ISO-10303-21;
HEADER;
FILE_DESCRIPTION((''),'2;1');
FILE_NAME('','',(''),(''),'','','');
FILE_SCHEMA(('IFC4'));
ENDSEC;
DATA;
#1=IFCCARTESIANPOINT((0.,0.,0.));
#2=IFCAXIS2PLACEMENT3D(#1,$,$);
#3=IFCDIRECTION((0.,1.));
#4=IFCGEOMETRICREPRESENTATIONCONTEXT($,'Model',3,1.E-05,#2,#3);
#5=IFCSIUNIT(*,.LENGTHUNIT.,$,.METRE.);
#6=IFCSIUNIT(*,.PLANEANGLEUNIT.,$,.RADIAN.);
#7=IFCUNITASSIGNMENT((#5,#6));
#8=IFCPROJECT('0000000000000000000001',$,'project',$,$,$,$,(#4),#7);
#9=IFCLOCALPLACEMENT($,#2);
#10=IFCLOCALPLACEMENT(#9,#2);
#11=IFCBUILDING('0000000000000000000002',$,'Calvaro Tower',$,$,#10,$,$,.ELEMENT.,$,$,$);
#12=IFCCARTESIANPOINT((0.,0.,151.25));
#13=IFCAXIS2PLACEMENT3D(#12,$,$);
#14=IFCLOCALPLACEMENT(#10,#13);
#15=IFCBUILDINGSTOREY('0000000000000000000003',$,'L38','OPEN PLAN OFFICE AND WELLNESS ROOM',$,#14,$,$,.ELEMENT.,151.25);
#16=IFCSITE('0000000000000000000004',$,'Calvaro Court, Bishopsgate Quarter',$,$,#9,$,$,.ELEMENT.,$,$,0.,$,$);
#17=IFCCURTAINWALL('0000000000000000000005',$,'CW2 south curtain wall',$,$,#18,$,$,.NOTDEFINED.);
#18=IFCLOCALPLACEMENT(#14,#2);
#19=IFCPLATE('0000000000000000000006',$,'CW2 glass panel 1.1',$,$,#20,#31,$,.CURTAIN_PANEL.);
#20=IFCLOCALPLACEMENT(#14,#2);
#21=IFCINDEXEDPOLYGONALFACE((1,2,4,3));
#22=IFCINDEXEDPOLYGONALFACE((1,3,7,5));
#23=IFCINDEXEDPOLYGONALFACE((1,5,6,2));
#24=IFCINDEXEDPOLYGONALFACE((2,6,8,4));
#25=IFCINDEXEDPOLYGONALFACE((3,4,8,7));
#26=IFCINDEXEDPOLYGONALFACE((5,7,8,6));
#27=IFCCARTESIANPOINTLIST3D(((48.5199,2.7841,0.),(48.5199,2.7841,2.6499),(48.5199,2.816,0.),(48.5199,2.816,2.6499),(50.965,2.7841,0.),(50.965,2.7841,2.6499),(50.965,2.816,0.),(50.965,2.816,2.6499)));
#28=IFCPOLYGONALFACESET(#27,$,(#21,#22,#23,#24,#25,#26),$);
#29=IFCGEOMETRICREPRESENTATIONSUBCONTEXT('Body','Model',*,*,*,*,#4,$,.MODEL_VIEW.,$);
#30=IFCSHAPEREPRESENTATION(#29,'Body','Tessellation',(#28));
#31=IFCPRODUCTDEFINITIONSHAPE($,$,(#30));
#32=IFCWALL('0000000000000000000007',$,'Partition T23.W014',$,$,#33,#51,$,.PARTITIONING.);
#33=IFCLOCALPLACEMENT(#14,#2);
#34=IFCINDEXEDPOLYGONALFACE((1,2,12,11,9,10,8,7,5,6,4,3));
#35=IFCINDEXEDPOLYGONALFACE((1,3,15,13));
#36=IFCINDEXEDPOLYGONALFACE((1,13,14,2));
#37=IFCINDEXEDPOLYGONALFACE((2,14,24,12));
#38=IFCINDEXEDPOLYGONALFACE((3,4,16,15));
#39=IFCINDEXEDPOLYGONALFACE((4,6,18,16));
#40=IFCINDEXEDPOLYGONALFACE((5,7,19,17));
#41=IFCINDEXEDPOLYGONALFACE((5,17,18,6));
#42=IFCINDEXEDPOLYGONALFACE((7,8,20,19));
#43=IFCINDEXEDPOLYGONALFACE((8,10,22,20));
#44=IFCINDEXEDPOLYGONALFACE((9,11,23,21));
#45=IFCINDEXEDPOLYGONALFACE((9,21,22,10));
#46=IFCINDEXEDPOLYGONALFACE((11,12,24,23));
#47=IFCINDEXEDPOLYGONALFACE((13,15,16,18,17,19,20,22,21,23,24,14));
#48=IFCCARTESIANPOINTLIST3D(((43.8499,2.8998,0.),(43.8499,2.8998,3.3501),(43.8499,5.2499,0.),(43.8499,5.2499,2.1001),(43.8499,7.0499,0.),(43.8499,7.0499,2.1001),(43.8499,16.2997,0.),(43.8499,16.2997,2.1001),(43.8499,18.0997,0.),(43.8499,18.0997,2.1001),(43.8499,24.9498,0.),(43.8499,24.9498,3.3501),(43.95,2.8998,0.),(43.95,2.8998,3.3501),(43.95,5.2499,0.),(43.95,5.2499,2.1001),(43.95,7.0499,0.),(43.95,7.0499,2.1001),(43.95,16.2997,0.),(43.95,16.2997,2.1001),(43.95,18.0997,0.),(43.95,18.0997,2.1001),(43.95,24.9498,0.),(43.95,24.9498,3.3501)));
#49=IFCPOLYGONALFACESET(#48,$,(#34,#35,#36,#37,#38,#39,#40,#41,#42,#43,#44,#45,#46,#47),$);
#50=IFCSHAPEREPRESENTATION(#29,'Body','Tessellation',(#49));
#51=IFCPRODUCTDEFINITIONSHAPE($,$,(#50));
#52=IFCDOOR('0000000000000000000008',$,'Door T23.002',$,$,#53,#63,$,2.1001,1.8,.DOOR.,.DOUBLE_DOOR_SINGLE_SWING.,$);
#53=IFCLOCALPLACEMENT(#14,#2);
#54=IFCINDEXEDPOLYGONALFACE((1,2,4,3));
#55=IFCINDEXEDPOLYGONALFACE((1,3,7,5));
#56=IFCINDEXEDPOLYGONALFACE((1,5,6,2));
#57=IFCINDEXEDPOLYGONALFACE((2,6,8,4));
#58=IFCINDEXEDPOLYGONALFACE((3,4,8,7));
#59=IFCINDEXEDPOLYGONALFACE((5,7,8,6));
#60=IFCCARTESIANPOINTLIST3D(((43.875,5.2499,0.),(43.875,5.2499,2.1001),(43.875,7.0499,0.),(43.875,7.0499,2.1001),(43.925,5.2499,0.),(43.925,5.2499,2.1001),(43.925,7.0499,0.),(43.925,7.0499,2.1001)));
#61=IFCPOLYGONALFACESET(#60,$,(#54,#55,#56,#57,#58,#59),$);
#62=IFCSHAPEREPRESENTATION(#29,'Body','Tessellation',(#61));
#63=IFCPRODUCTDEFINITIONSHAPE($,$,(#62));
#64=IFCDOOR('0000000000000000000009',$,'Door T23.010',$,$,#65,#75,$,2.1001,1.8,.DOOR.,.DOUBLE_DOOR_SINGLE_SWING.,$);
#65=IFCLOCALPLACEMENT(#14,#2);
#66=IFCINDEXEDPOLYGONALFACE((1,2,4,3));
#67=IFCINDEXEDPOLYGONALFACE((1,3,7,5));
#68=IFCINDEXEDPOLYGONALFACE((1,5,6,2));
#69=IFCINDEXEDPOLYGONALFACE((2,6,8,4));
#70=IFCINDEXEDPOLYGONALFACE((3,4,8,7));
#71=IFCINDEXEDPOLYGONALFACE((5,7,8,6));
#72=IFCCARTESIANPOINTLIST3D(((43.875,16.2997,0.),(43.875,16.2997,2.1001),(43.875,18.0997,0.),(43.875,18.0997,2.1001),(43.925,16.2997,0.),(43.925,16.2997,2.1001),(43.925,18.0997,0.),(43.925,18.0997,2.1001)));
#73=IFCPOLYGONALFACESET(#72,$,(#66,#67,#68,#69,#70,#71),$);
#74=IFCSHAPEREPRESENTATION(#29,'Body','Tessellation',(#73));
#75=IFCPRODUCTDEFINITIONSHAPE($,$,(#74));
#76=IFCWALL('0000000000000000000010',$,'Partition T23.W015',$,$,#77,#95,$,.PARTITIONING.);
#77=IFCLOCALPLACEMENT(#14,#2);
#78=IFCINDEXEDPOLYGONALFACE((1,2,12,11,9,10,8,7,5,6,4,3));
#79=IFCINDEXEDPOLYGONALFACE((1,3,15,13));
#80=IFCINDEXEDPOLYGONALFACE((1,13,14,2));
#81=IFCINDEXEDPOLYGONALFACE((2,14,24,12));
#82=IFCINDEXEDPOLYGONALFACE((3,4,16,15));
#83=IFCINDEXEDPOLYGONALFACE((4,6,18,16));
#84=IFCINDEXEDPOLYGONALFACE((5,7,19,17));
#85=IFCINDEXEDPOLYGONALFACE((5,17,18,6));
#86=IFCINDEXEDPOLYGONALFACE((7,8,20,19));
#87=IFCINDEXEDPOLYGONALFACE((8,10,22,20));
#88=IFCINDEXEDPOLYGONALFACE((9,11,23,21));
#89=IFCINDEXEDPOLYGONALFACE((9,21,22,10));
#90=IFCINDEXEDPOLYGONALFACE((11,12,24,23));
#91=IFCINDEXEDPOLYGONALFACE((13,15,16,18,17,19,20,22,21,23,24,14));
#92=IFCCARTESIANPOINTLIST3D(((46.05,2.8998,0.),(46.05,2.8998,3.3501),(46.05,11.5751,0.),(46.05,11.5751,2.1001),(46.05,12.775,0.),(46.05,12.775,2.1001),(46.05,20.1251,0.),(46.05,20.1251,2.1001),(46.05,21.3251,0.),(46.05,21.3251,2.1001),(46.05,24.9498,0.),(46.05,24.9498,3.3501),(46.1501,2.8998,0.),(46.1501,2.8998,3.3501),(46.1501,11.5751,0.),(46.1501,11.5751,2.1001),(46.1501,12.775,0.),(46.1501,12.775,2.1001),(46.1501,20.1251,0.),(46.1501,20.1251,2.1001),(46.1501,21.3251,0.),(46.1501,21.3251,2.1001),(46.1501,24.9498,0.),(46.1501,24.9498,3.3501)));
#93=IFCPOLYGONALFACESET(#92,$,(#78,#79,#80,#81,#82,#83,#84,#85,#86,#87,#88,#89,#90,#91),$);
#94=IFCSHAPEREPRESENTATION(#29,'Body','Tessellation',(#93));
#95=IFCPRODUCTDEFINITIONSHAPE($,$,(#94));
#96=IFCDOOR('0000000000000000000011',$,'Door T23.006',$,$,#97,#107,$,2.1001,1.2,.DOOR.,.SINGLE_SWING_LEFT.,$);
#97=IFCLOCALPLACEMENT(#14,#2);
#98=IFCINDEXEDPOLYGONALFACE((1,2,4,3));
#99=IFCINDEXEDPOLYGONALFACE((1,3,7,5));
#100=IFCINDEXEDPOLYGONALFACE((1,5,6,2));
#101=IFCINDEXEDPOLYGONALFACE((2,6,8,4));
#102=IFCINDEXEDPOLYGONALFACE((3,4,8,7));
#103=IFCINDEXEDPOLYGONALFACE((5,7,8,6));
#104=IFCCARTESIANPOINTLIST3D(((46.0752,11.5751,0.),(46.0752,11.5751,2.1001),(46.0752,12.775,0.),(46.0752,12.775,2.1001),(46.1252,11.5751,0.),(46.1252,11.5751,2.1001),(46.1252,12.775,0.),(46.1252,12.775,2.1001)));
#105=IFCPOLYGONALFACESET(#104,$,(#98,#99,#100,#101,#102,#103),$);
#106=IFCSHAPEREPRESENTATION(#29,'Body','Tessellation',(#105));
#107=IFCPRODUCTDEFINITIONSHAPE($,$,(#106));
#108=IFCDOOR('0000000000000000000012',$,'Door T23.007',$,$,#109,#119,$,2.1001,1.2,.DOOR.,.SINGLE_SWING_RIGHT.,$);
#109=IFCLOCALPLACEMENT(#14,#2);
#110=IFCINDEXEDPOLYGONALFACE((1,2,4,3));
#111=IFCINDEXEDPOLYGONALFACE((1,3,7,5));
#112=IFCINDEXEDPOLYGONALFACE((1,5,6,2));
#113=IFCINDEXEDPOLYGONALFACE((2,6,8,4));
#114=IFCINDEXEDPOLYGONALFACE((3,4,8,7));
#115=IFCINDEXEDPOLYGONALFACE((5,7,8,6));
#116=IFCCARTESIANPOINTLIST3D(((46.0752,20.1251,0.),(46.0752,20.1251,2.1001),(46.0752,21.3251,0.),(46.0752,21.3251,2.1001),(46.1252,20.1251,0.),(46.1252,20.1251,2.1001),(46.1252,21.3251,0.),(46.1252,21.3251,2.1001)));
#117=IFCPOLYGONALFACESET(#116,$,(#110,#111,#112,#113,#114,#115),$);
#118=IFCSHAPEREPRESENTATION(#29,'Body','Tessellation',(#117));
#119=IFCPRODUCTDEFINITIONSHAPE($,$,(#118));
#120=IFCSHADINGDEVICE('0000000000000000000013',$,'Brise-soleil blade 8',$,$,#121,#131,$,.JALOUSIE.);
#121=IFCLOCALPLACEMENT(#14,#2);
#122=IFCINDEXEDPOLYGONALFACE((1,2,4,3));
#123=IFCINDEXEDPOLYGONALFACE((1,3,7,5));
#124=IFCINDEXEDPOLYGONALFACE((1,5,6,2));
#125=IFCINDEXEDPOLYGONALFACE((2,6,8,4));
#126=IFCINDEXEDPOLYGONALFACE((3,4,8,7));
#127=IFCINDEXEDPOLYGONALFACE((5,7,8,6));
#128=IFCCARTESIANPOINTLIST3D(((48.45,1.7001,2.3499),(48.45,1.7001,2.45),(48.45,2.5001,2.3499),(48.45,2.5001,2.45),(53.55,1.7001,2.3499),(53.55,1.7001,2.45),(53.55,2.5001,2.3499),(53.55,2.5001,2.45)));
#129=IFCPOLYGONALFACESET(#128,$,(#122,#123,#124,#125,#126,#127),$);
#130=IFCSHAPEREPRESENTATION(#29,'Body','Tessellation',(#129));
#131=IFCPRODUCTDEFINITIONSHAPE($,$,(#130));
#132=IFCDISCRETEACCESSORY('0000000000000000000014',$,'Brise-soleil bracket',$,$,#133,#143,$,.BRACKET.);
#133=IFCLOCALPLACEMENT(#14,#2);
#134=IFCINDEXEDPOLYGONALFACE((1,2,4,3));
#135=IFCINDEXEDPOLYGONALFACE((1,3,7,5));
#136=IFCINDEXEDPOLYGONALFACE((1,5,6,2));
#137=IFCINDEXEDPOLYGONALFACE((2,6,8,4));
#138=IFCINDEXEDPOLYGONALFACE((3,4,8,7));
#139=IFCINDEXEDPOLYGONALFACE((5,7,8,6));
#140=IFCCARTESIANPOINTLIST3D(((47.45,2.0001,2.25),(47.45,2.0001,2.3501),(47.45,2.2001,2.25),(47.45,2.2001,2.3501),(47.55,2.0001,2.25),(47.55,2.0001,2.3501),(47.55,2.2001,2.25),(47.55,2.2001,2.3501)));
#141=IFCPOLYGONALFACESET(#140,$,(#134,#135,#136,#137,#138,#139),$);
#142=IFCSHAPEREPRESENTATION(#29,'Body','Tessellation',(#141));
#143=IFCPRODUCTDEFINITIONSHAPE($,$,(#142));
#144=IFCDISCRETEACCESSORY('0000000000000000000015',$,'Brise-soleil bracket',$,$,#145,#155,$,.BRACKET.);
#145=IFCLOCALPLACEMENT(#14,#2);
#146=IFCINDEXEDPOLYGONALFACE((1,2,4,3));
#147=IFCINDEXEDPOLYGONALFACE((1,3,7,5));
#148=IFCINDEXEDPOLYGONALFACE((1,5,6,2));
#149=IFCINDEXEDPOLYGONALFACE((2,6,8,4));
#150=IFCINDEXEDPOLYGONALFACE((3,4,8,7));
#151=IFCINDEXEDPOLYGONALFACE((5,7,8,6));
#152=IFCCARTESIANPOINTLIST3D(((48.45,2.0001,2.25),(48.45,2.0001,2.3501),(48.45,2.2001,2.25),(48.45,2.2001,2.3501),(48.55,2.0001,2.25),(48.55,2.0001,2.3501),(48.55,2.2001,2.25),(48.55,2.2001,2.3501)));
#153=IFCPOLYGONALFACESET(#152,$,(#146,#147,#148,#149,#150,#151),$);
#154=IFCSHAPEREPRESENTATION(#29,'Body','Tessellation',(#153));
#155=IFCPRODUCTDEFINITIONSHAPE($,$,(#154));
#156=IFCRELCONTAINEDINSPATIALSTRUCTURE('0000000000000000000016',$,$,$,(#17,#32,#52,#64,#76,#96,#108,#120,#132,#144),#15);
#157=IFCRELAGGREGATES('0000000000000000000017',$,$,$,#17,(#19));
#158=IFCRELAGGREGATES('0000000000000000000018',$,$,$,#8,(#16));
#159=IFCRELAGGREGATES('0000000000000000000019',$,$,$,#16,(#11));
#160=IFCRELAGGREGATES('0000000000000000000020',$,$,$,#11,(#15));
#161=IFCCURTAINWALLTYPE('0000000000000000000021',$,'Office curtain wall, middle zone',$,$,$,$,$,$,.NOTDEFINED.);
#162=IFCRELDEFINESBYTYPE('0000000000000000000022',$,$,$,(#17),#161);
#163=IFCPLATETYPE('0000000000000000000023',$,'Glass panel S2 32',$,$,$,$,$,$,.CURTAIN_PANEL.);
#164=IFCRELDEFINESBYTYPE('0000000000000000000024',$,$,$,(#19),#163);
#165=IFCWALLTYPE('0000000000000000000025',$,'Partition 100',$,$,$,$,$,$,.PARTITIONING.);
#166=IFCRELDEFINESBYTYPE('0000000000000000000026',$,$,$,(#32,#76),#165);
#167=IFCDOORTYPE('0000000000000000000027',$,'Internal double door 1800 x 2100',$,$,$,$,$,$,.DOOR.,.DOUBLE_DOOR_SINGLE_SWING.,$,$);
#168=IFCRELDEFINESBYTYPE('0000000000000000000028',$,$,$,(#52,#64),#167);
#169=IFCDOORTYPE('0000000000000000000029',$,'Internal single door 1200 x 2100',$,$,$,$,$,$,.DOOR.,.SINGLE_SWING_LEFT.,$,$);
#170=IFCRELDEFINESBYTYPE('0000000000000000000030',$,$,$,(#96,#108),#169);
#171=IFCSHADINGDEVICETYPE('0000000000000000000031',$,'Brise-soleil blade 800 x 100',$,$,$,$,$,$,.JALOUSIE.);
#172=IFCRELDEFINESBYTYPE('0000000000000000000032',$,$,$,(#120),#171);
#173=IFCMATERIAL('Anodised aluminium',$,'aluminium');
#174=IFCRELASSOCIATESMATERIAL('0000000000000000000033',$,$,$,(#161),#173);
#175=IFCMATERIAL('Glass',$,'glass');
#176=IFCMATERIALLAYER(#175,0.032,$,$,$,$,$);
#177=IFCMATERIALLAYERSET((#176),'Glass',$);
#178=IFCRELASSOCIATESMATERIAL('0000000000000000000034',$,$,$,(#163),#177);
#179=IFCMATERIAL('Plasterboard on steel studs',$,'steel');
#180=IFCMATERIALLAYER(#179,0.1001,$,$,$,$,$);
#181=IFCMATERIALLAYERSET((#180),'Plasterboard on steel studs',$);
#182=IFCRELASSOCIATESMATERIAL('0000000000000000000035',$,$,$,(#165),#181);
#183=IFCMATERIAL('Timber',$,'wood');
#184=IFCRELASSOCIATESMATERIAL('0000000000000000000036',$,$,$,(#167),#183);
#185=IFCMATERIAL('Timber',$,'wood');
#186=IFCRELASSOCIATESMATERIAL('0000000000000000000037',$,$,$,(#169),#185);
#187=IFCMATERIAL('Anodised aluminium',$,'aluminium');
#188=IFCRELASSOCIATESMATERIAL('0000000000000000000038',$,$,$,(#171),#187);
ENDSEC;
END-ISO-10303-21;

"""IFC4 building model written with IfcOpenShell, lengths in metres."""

from ifc_helpers import new_model, si_unit, direction, frame, frame_2d, origin, origin_2d, place, context, subcontext, project, spatial, rectangle, extrude, material, layer, layer_set, material_profile, profile_set, type_object, element, fill, aggregate, save


model = new_model("IFC4")

# Units and contexts
model_context = context("Model", 3, precision=1e-05, world=origin(), true_north=direction((0.0, 1.0)))
body_context = subcontext(model_context, "Body", "Model", "MODEL_VIEW")
ifc_project = project(units=[si_unit("LENGTHUNIT", "METRE"), si_unit("PLANEANGLEUNIT", "RADIAN")], contexts=[model_context])

# Site, building, storey
site_placement = place(None, origin())
site = spatial("IfcSite", under=ifc_project, at=site_placement, Name="Calvaro Court, Bishopsgate Quarter", CompositionType="ELEMENT", RefElevation=0.0)
building_placement = place(site_placement, origin())
building = spatial("IfcBuilding", under=site, at=building_placement, Name="Calvaro Tower", CompositionType="ELEMENT")
storey_placement = place(building_placement, frame((0.0, 0.0, 151.25)))
storey = spatial("IfcBuildingStorey", under=building, at=storey_placement, Name="L38", Description="OPEN PLAN OFFICE AND WELLNESS ROOM", CompositionType="ELEMENT", Elevation=151.25)

# Curtain wall
ifc_material_1 = material(Name="Anodised aluminium", Category="aluminium")
curtain_wall_type = type_object("IfcCurtainWallType", Name="Office curtain wall, middle zone", PredefinedType="NOTDEFINED", material=ifc_material_1)
curtain_wall_1_placement = place(storey_placement, origin())
curtain_wall_1 = element("IfcCurtainWall", 1, at=curtain_wall_1_placement, inside=storey, type_object=curtain_wall_type, Name="CW2 south curtain wall", PredefinedType="NOTDEFINED")

# Plate
ifc_material_2 = material(Name="Glass", Category="glass")
ifc_layer_1 = layer(ifc_material_2, 0.032)
ifc_layer_set_1 = layer_set([ifc_layer_1], Name="Glass")
plate_type = type_object("IfcPlateType", Name="Glass panel S2 32", PredefinedType="CURTAIN_PANEL", material=ifc_layer_set_1)
plate_1_placement = place(storey_placement, frame((49.7424, 2.8, 0.0), z_axis=(0.0, 0.0, 1.0), x_axis=(1.0, 0.0, 0.0)))
plate_1 = element("IfcPlate", 2, at=plate_1_placement, type_object=plate_type, Name="CW2 glass panel 1.1", PredefinedType="CURTAIN_PANEL", context=body_context, shape_type="SweptSolid", body=[
    extrude(rectangle(XDim=2.4451, YDim=0.032, at=origin_2d()), origin(), (0.0, 0.0, 1.0), 2.6499),
])
aggregate(curtain_wall_1, [plate_1])

# Walls, openings, doors
ifc_material_3 = material(Name="Plasterboard on steel studs", Category="steel")
ifc_layer_2 = layer(ifc_material_3, 0.1001)
ifc_layer_set_2 = layer_set([ifc_layer_2], Name="Plasterboard on steel studs")
wall_type = type_object("IfcWallType", Name="Partition 100", PredefinedType="PARTITIONING", material=ifc_layer_set_2)
wall_1_placement = place(storey_placement, frame((43.8999, 2.8999, 0.0), z_axis=(0.0, 0.0, 1.0), x_axis=(0.0, 1.0, 0.0)))
wall_1 = element("IfcWall", 3, at=wall_1_placement, inside=storey, type_object=wall_type, Name="Partition T23.W014", PredefinedType="PARTITIONING", context=body_context, shape_type="SweptSolid", body=[
    extrude(rectangle(XDim=22.05, YDim=0.1001, at=frame_2d((11.0249, 0.0))), origin(), (0.0, 0.0, 1.0), 3.3501),
])
opening_1_placement = place(wall_1_placement, frame((2.3501, 0.0, 0.0)))
opening_1 = element("IfcOpeningElement", 4, at=opening_1_placement, cuts=wall_1, PredefinedType="OPENING", context=body_context, shape_type="SweptSolid", body=[
    extrude(rectangle(XDim=1.8, YDim=2.1001, at=frame_2d((0.8999, 1.05))), frame((0.0, 0.0601, 0.0), z_axis=(0.0, -1.0, 0.0), x_axis=(1.0, 0.0, 0.0)), (0.0, 0.0, 1.0), 0.1201),
])
opening_2_placement = place(wall_1_placement, frame((13.3999, 0.0, 0.0)))
opening_2 = element("IfcOpeningElement", 5, at=opening_2_placement, cuts=wall_1, PredefinedType="OPENING", context=body_context, shape_type="SweptSolid", body=[
    extrude(rectangle(XDim=1.8, YDim=2.1001, at=frame_2d((0.8999, 1.05))), frame((0.0, 0.0601, 0.0), z_axis=(0.0, -1.0, 0.0), x_axis=(1.0, 0.0, 0.0)), (0.0, 0.0, 1.0), 0.1201),
])
ifc_material_4 = material(Name="Timber", Category="wood")
door_type_1 = type_object("IfcDoorType", Name="Internal double door 1800 x 2100", OperationType="DOUBLE_DOOR_SINGLE_SWING", PredefinedType="DOOR", material=ifc_material_4)
door_1_placement = place(opening_1_placement, origin())
door_1 = element("IfcDoor", 6, at=door_1_placement, inside=storey, type_object=door_type_1, Name="Door T23.002", OperationType="DOUBLE_DOOR_SINGLE_SWING", OverallHeight=2.1001, OverallWidth=1.8, PredefinedType="DOOR", context=body_context, shape_type="SweptSolid", body=[
    extrude(rectangle(XDim=1.8, YDim=2.1001, at=frame_2d((0.8999, 1.05))), frame((0.0, 0.0249, 0.0), z_axis=(0.0, -1.0, 0.0), x_axis=(1.0, 0.0, 0.0)), (0.0, 0.0, 1.0), 0.05),
])
fill(opening_1, door_1)
door_2_placement = place(opening_2_placement, origin())
door_2 = element("IfcDoor", 7, at=door_2_placement, inside=storey, type_object=door_type_1, Name="Door T23.010", OperationType="DOUBLE_DOOR_SINGLE_SWING", OverallHeight=2.1001, OverallWidth=1.8, PredefinedType="DOOR", context=body_context, shape_type="SweptSolid", body=[
    extrude(rectangle(XDim=1.8, YDim=2.1001, at=frame_2d((0.8999, 1.05))), frame((0.0, 0.0249, 0.0), z_axis=(0.0, -1.0, 0.0), x_axis=(1.0, 0.0, 0.0)), (0.0, 0.0, 1.0), 0.05),
])
fill(opening_2, door_2)
wall_2_placement = place(storey_placement, frame((46.1001, 2.8999, 0.0), z_axis=(0.0, 0.0, 1.0), x_axis=(0.0, 1.0, 0.0)))
wall_2 = element("IfcWall", 8, at=wall_2_placement, inside=storey, type_object=wall_type, Name="Partition T23.W015", PredefinedType="PARTITIONING", context=body_context, shape_type="SweptSolid", body=[
    extrude(rectangle(XDim=22.05, YDim=0.1001, at=frame_2d((11.0249, 0.0))), origin(), (0.0, 0.0, 1.0), 3.3501),
])
opening_3_placement = place(wall_2_placement, frame((8.675, 0.0, 0.0)))
opening_3 = element("IfcOpeningElement", 9, at=opening_3_placement, cuts=wall_2, PredefinedType="OPENING", context=body_context, shape_type="SweptSolid", body=[
    extrude(rectangle(XDim=1.2, YDim=2.1001, at=frame_2d((0.6001, 1.05))), frame((0.0, 0.0601, 0.0), z_axis=(0.0, -1.0, 0.0), x_axis=(1.0, 0.0, 0.0)), (0.0, 0.0, 1.0), 0.1201),
])
opening_4_placement = place(wall_2_placement, frame((17.2251, 0.0, 0.0)))
opening_4 = element("IfcOpeningElement", 10, at=opening_4_placement, cuts=wall_2, PredefinedType="OPENING", context=body_context, shape_type="SweptSolid", body=[
    extrude(rectangle(XDim=1.2, YDim=2.1001, at=frame_2d((0.6001, 1.05))), frame((0.0, 0.0601, 0.0), z_axis=(0.0, -1.0, 0.0), x_axis=(1.0, 0.0, 0.0)), (0.0, 0.0, 1.0), 0.1201),
])
ifc_material_5 = material(Name="Timber", Category="wood")
door_type_2 = type_object("IfcDoorType", Name="Internal single door 1200 x 2100", OperationType="SINGLE_SWING_LEFT", PredefinedType="DOOR", material=ifc_material_5)
door_3_placement = place(opening_3_placement, origin())
door_3 = element("IfcDoor", 11, at=door_3_placement, inside=storey, type_object=door_type_2, Name="Door T23.006", OperationType="SINGLE_SWING_LEFT", OverallHeight=2.1001, OverallWidth=1.2, PredefinedType="DOOR", context=body_context, shape_type="SweptSolid", body=[
    extrude(rectangle(XDim=1.2, YDim=2.1001, at=frame_2d((0.6001, 1.05))), frame((0.0, 0.0249, 0.0), z_axis=(0.0, -1.0, 0.0), x_axis=(1.0, 0.0, 0.0)), (0.0, 0.0, 1.0), 0.05),
])
fill(opening_3, door_3)
door_4_placement = place(opening_4_placement, origin())
door_4 = element("IfcDoor", 12, at=door_4_placement, inside=storey, type_object=door_type_2, Name="Door T23.007", OperationType="SINGLE_SWING_RIGHT", OverallHeight=2.1001, OverallWidth=1.2, PredefinedType="DOOR", context=body_context, shape_type="SweptSolid", body=[
    extrude(rectangle(XDim=1.2, YDim=2.1001, at=frame_2d((0.6001, 1.05))), frame((0.0, 0.0249, 0.0), z_axis=(0.0, -1.0, 0.0), x_axis=(1.0, 0.0, 0.0)), (0.0, 0.0, 1.0), 0.05),
])
fill(opening_4, door_4)

# Shading device
ifc_material_6 = material(Name="Anodised aluminium", Category="aluminium")
ifc_material_profile_1 = material_profile(ifc_material_6, rectangle(XDim=0.8, YDim=0.1001, at=origin_2d()), Name="Brise-soleil blade 800 x 100")
ifc_profile_set_1 = profile_set([ifc_material_profile_1], Name="Anodised aluminium")
shading_device_type = type_object("IfcShadingDeviceType", Name="Brise-soleil blade 800 x 100", PredefinedType="JALOUSIE", material=ifc_profile_set_1)
shading_device_placement = place(storey_placement, frame((48.45, 2.1001, 2.3999), z_axis=(1.0, 0.0, 0.0), x_axis=(0.0, 1.0, 0.0)))
element("IfcShadingDevice", 13, at=shading_device_placement, inside=storey, type_object=shading_device_type, Name="Brise-soleil blade 8", PredefinedType="JALOUSIE", context=body_context, shape_type="SweptSolid", body=[
    extrude(rectangle(XDim=0.8, YDim=0.1001, at=origin_2d()), origin(), (0.0, 0.0, 1.0), 5.1001),
])

# Discrete accessories
for number, where, z_axis, x_axis, name in (
    (14, (47.5, 2.1001, 2.25), (0.0, 0.0, 1.0), (1.0, 0.0, 0.0), "Brise-soleil bracket"),
    (15, (48.5, 2.1001, 2.25), (0.0, 0.0, 1.0), (1.0, 0.0, 0.0), "Brise-soleil bracket"),
):
    element("IfcDiscreteAccessory", number, at=place(storey_placement, frame(where, z_axis=z_axis, x_axis=x_axis)), inside=storey, Name=name, PredefinedType="BRACKET", context=body_context, shape_type="SweptSolid", body=[
        extrude(rectangle(XDim=0.1001, YDim=0.2, at=origin_2d()), origin(), (0.0, 0.0, 1.0), 0.1001),
    ])

save(model, "model.ifc")
